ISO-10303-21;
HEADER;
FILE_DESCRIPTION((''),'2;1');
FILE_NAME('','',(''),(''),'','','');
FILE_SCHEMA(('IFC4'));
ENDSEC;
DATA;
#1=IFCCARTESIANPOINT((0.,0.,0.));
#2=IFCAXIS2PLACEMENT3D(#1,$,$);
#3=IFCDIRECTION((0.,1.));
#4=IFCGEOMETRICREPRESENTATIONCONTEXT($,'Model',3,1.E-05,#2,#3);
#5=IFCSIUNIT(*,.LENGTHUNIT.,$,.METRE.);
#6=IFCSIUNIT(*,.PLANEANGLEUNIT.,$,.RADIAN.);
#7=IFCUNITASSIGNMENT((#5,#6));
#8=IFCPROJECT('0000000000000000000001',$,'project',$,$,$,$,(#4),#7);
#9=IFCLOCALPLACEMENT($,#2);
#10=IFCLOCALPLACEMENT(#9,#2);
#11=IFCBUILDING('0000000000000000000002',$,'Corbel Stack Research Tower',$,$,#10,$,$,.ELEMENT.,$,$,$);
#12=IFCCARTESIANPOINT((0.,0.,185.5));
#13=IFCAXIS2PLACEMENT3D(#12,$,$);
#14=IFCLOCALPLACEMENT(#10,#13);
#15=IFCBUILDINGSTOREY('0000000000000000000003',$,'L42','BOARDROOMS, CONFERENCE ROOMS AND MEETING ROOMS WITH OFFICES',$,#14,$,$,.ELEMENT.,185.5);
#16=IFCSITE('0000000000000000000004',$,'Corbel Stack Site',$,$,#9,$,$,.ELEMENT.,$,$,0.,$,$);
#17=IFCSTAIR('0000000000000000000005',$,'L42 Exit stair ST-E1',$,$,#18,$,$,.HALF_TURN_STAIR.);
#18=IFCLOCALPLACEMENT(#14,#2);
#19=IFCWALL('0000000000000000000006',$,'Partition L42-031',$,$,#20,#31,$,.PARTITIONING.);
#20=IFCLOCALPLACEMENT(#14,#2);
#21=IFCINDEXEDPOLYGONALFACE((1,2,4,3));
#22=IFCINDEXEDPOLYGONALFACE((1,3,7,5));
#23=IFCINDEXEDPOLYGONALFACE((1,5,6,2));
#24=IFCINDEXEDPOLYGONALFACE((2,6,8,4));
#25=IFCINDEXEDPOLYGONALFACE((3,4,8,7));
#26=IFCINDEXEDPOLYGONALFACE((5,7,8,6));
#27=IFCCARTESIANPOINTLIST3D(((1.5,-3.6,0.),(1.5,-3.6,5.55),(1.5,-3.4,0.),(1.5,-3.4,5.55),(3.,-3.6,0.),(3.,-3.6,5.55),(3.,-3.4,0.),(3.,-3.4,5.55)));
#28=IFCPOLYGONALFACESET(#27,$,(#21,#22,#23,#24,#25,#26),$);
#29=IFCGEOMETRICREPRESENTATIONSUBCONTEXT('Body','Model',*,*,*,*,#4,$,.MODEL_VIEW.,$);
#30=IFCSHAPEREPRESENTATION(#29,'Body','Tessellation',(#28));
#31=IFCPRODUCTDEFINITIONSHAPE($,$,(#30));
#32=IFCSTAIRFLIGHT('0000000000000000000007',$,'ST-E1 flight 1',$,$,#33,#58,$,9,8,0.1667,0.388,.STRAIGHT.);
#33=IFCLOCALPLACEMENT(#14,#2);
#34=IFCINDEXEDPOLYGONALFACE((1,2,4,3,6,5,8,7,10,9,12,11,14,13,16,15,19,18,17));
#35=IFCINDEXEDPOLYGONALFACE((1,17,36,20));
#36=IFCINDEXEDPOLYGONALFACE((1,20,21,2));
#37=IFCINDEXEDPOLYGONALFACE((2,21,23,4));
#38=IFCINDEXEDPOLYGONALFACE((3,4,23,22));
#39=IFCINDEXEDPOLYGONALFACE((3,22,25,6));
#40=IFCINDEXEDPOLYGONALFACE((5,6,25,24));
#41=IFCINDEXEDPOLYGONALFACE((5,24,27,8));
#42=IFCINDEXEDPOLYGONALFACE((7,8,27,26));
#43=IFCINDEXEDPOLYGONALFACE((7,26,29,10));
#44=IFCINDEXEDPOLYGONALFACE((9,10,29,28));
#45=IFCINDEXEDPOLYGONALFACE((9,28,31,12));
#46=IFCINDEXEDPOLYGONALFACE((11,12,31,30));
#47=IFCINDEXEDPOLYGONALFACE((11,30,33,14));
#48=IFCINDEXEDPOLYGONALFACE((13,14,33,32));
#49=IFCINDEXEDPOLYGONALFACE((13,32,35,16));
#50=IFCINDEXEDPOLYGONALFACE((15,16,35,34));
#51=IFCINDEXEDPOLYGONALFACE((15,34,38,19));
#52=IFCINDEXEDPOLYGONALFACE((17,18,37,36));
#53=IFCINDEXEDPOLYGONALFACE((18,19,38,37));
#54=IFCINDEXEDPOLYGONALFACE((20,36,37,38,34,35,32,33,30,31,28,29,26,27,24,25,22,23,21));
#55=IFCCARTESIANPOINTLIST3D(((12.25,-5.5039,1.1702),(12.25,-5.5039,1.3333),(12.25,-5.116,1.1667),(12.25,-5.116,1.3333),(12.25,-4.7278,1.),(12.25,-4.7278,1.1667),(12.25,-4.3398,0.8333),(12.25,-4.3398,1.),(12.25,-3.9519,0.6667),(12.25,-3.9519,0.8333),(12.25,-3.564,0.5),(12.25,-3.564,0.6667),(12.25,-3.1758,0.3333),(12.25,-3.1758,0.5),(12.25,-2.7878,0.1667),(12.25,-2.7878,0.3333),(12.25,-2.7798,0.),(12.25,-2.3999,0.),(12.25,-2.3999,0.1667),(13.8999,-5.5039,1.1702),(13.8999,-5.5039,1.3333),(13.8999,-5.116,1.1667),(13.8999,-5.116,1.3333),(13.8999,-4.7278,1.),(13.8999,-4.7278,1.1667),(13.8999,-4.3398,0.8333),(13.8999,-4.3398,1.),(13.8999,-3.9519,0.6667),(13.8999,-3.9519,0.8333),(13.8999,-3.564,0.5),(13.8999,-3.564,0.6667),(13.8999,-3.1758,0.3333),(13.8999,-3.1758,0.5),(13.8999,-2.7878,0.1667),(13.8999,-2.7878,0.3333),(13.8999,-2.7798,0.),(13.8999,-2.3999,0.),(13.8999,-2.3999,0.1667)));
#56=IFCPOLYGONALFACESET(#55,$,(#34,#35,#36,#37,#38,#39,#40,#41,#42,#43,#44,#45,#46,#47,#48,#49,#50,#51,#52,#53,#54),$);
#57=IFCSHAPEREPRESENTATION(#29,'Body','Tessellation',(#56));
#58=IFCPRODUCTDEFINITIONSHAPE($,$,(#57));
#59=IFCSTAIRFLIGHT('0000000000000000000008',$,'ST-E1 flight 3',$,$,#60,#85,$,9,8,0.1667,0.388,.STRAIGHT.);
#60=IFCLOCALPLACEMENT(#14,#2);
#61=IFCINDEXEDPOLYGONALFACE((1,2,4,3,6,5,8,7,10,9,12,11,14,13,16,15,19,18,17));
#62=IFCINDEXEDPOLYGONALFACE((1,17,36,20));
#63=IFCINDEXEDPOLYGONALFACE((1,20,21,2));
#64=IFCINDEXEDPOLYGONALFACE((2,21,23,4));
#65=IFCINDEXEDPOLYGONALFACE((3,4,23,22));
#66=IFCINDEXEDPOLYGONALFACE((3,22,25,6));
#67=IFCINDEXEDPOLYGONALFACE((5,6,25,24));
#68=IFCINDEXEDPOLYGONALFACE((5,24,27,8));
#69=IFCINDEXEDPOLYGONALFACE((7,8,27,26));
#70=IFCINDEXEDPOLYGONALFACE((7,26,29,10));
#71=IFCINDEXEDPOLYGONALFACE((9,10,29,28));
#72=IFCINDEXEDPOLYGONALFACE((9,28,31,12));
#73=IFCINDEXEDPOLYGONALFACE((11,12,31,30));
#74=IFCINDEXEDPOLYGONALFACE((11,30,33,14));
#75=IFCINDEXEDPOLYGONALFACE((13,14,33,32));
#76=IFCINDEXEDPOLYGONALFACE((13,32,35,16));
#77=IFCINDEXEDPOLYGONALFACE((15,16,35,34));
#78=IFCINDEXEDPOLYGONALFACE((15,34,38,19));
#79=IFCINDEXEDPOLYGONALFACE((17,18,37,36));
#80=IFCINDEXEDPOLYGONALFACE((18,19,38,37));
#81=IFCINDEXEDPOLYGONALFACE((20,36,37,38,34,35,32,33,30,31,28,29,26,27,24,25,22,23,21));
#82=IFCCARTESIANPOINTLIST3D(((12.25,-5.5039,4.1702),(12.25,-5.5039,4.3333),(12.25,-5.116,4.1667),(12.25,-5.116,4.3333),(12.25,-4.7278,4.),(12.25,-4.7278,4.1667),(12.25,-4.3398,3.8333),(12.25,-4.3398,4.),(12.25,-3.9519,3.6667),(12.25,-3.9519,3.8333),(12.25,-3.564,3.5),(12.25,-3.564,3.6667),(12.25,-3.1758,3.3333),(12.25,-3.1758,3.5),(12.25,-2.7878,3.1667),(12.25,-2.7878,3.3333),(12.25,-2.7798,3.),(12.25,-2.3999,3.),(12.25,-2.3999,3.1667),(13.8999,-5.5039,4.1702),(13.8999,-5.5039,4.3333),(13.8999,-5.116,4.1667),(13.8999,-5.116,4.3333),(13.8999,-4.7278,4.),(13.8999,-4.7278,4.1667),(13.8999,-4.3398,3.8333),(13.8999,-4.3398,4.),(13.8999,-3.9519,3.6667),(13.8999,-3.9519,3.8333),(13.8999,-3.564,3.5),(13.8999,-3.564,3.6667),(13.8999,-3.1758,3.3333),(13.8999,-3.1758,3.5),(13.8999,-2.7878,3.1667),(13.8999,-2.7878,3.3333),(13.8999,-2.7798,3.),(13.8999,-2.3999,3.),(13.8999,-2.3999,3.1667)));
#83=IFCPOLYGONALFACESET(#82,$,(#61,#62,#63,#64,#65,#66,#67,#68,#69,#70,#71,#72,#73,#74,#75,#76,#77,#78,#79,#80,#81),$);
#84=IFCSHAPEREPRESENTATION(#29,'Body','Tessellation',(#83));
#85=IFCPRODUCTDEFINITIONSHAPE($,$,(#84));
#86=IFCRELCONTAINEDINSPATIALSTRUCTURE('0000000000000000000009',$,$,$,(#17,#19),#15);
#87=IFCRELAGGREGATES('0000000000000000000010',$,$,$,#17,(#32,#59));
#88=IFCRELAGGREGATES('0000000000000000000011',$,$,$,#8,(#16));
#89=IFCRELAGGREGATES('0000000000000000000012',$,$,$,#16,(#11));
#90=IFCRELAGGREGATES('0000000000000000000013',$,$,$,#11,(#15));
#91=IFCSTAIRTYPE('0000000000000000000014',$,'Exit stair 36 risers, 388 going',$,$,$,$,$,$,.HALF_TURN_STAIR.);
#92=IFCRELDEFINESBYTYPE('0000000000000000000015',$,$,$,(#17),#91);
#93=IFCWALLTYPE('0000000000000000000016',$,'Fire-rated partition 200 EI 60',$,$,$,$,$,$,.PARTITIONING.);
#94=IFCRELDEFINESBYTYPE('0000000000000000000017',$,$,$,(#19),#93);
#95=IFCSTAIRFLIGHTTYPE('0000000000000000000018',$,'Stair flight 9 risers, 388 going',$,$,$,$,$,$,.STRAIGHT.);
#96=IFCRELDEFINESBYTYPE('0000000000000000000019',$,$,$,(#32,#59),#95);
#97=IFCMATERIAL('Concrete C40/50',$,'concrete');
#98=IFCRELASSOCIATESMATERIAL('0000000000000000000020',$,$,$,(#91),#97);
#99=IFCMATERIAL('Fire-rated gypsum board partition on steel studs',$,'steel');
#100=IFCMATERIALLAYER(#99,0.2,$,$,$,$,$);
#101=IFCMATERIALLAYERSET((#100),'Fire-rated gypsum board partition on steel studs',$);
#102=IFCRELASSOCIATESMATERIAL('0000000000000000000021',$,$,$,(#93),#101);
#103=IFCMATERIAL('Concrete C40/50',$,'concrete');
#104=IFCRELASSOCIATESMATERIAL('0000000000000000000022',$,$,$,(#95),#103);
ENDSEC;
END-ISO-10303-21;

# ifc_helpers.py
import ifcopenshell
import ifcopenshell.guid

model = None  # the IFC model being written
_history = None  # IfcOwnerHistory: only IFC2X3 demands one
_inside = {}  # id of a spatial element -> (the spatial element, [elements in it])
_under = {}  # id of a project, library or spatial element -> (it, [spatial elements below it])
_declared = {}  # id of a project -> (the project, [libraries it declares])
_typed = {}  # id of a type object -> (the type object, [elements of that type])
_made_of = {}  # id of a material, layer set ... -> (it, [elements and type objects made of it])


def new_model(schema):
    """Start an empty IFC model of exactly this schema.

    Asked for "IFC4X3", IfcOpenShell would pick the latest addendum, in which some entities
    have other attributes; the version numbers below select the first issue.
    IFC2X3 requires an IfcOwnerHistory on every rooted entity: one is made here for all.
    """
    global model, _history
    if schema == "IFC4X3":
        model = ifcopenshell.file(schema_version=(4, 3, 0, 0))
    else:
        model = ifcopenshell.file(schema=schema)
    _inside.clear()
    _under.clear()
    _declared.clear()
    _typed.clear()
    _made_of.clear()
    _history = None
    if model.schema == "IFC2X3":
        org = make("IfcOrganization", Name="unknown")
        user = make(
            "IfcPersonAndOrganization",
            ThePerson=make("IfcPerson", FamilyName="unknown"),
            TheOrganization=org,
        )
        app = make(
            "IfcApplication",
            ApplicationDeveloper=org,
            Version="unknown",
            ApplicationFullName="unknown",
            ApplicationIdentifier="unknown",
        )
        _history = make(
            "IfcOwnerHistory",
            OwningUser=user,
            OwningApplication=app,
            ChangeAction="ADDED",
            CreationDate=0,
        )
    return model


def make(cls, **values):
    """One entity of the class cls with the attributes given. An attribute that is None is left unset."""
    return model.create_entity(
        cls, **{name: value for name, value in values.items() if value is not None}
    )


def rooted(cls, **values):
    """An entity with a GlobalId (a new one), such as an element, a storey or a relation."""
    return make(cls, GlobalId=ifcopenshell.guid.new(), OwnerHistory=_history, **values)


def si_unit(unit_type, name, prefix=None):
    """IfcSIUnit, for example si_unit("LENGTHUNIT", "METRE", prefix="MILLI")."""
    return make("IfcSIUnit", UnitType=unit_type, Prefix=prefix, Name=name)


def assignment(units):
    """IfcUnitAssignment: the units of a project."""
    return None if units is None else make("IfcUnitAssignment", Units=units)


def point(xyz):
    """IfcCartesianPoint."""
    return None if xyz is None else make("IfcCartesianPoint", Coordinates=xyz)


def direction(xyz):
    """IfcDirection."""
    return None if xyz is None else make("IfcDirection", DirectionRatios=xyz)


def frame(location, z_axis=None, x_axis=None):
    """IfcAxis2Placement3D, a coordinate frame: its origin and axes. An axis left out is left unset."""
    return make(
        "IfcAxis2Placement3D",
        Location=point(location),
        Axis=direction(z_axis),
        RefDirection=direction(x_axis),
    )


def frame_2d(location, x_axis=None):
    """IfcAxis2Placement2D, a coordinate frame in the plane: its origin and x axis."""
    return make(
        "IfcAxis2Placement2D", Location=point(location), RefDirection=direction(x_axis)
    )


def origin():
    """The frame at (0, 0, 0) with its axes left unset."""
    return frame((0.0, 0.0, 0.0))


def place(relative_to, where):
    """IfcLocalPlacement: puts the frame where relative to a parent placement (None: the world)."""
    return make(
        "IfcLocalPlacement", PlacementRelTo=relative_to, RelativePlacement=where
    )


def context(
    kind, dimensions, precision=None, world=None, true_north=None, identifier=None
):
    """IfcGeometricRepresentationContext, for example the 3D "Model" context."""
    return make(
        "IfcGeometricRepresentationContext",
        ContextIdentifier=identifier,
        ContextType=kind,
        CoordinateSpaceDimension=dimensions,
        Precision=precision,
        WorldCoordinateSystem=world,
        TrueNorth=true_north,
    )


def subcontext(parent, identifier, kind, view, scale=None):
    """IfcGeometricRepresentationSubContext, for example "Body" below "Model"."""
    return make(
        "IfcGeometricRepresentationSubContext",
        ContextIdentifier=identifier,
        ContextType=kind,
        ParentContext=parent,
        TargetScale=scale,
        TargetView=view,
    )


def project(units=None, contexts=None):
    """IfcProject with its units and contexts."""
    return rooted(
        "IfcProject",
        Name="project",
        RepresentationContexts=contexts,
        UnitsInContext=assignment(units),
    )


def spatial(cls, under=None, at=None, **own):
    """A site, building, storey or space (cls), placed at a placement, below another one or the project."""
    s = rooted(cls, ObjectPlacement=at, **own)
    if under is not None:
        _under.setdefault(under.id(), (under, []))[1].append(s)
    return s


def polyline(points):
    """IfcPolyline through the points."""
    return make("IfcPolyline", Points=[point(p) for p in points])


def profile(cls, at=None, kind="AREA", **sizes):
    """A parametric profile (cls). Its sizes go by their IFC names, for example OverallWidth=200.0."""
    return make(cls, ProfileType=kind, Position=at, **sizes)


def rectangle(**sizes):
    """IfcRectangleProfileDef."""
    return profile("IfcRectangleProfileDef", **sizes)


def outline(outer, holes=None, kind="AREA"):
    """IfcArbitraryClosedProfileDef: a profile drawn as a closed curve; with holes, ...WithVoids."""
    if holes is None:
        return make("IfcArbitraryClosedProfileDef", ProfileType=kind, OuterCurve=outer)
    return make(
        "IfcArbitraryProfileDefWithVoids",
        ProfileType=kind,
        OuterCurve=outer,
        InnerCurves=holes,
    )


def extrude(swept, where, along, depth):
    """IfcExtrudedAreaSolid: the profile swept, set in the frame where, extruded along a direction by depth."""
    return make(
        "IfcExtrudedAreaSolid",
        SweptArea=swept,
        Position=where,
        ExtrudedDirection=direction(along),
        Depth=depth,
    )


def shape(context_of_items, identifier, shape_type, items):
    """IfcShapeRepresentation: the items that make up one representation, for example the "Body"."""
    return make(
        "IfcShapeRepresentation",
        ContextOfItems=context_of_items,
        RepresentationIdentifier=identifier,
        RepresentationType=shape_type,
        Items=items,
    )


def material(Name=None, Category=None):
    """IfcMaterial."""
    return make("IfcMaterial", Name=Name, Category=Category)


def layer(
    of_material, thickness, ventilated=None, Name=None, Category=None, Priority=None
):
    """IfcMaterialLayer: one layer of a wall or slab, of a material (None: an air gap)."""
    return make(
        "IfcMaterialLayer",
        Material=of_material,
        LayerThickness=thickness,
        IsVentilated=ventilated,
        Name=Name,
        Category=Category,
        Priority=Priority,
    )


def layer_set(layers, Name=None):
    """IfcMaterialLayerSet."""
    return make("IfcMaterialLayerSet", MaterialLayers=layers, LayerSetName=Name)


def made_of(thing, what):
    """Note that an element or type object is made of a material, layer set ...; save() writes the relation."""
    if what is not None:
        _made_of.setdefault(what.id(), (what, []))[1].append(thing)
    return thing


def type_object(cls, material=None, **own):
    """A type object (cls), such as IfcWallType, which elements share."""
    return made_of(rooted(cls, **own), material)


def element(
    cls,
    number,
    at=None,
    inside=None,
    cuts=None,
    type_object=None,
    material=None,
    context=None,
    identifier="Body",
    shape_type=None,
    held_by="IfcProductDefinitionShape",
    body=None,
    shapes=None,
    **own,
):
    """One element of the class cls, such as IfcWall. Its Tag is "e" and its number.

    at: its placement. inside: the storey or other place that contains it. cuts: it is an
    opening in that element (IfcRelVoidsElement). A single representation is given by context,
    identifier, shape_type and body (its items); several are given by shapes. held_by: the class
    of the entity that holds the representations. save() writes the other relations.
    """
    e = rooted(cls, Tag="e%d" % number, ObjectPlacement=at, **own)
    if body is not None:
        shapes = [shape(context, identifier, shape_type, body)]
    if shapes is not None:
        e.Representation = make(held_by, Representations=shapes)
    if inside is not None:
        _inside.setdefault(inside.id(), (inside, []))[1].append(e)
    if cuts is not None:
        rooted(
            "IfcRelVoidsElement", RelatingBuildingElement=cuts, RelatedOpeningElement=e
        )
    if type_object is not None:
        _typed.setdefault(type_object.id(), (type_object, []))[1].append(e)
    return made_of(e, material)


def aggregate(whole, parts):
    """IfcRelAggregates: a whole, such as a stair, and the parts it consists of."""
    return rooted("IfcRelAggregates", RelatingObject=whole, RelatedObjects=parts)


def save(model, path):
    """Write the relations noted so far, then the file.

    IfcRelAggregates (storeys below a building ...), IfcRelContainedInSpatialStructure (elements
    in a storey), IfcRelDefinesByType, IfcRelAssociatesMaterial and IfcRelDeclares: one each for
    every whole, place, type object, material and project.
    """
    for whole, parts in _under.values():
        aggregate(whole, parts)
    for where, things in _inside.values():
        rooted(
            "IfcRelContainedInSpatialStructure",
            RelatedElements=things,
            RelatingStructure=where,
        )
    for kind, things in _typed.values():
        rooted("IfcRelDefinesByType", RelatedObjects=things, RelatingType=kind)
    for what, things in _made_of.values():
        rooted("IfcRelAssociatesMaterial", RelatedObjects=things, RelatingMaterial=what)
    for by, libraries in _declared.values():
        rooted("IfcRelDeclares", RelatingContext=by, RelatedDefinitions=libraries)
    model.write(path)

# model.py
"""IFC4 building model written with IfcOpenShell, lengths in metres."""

from ifc_helpers import new_model, si_unit, direction, frame, frame_2d, origin, place, context, subcontext, project, spatial, polyline, rectangle, outline, extrude, material, layer, layer_set, type_object, element, aggregate, save


model = new_model("IFC4")

# Units and contexts
model_context = context("Model", 3, precision=1e-05, world=origin(), true_north=direction((0.0, 1.0)))
body_context = subcontext(model_context, "Body", "Model", "MODEL_VIEW")
ifc_project = project(units=[si_unit("LENGTHUNIT", "METRE"), si_unit("PLANEANGLEUNIT", "RADIAN")], contexts=[model_context])

# Site, building, storey
site_placement = place(None, origin())
site = spatial("IfcSite", under=ifc_project, at=site_placement, Name="Corbel Stack Site", CompositionType="ELEMENT", RefElevation=0.0)
building_placement = place(site_placement, origin())
building = spatial("IfcBuilding", under=site, at=building_placement, Name="Corbel Stack Research Tower", CompositionType="ELEMENT")
storey_placement = place(building_placement, frame((0.0, 0.0, 185.5)))
storey = spatial("IfcBuildingStorey", under=building, at=storey_placement, Name="L42", Description="BOARDROOMS, CONFERENCE ROOMS AND MEETING ROOMS WITH OFFICES", CompositionType="ELEMENT", Elevation=185.5)

# Stair
ifc_material_1 = material(Name="Concrete C40/50", Category="concrete")
stair_type = type_object("IfcStairType", Name="Exit stair 36 risers, 388 going", PredefinedType="HALF_TURN_STAIR", material=ifc_material_1)
stair_1_placement = place(storey_placement, origin())
stair_1 = element("IfcStair", 1, at=stair_1_placement, inside=storey, type_object=stair_type, Name="L42 Exit stair ST-E1", PredefinedType="HALF_TURN_STAIR")

# Shared definitions
ifc_material_2 = material(Name="Fire-rated gypsum board partition on steel studs", Category="steel")
ifc_layer_1 = layer(ifc_material_2, 0.2)
ifc_layer_set_1 = layer_set([ifc_layer_1], Name="Fire-rated gypsum board partition on steel studs")
wall_type_1 = type_object("IfcWallType", Name="Fire-rated partition 200 EI 60", PredefinedType="PARTITIONING", material=ifc_layer_set_1)

# Wall
wall_1_placement = place(storey_placement, frame((1.5, -3.5, 0.0), z_axis=(0.0, 0.0, 1.0), x_axis=(1.0, 0.0, 0.0)))
element("IfcWall", 2, at=wall_1_placement, inside=storey, type_object=wall_type_1, Name="Partition L42-031", PredefinedType="PARTITIONING", context=body_context, shape_type="SweptSolid", body=[
    extrude(rectangle(XDim=1.5, YDim=0.2, at=frame_2d((0.75, 0.0))), origin(), (0.0, 0.0, 1.0), 5.55),
])

# Stair flights
ifc_material_3 = material(Name="Concrete C40/50", Category="concrete")
stair_flight_type = type_object("IfcStairFlightType", Name="Stair flight 9 risers, 388 going", PredefinedType="STRAIGHT", material=ifc_material_3)
stair_flight_1_placement = place(storey_placement, frame((13.075, -2.3999, 0.0), z_axis=(0.0, 0.0, 1.0), x_axis=(0.0, -1.0, 0.0)))
stair_flight_1 = element("IfcStairFlight", 3, at=stair_flight_1_placement, type_object=stair_flight_type, Name="ST-E1 flight 1", NumberOfRisers=9, NumberOfTreads=8, PredefinedType="STRAIGHT", RiserHeight=0.1667, TreadLength=0.388, context=body_context, shape_type="SweptSolid", body=[
    extrude(outline(polyline([(0.0, 0.0), (0.0, 0.1667), (0.3879, 0.1667), (0.3879, 0.3333), (0.7759, 0.3333), (0.7759, 0.5), (1.1641, 0.5), (1.1641, 0.6667), (1.552, 0.6667), (1.552, 0.8333), (1.9399, 0.8333), (1.9399, 1.0), (2.3279, 1.0), (2.3279, 1.1667), (2.7161, 1.1667), (2.7161, 1.3333), (3.104, 1.3333), (3.104, 1.5), (3.104, 1.1702), (0.3799, 0.0), (0.0, 0.0)])), frame((0.0, 0.825, 0.0), z_axis=(0.0, -1.0, 0.0), x_axis=(1.0, 0.0, 0.0)), (0.0, 0.0, 1.0), 1.6499),
])
stair_flight_2_placement = place(storey_placement, frame((13.075, -2.3999, 3.0), z_axis=(0.0, 0.0, 1.0), x_axis=(0.0, -1.0, 0.0)))
stair_flight_2 = element("IfcStairFlight", 4, at=stair_flight_2_placement, type_object=stair_flight_type, Name="ST-E1 flight 3", NumberOfRisers=9, NumberOfTreads=8, PredefinedType="STRAIGHT", RiserHeight=0.1667, TreadLength=0.388, context=body_context, shape_type="SweptSolid", body=[
    extrude(outline(polyline([(0.0, 0.0), (0.0, 0.1667), (0.3879, 0.1667), (0.3879, 0.3333), (0.7759, 0.3333), (0.7759, 0.5), (1.1641, 0.5), (1.1641, 0.6667), (1.552, 0.6667), (1.552, 0.8333), (1.9399, 0.8333), (1.9399, 1.0), (2.3279, 1.0), (2.3279, 1.1667), (2.7161, 1.1667), (2.7161, 1.3333), (3.104, 1.3333), (3.104, 1.5), (3.104, 1.1702), (0.3799, 0.0), (0.0, 0.0)])), frame((0.0, 0.825, 0.0), z_axis=(0.0, -1.0, 0.0), x_axis=(1.0, 0.0, 0.0)), (0.0, 0.0, 1.0), 1.6499),
])
aggregate(stair_1, [stair_flight_1, stair_flight_2])

save(model, "model.ifc")
